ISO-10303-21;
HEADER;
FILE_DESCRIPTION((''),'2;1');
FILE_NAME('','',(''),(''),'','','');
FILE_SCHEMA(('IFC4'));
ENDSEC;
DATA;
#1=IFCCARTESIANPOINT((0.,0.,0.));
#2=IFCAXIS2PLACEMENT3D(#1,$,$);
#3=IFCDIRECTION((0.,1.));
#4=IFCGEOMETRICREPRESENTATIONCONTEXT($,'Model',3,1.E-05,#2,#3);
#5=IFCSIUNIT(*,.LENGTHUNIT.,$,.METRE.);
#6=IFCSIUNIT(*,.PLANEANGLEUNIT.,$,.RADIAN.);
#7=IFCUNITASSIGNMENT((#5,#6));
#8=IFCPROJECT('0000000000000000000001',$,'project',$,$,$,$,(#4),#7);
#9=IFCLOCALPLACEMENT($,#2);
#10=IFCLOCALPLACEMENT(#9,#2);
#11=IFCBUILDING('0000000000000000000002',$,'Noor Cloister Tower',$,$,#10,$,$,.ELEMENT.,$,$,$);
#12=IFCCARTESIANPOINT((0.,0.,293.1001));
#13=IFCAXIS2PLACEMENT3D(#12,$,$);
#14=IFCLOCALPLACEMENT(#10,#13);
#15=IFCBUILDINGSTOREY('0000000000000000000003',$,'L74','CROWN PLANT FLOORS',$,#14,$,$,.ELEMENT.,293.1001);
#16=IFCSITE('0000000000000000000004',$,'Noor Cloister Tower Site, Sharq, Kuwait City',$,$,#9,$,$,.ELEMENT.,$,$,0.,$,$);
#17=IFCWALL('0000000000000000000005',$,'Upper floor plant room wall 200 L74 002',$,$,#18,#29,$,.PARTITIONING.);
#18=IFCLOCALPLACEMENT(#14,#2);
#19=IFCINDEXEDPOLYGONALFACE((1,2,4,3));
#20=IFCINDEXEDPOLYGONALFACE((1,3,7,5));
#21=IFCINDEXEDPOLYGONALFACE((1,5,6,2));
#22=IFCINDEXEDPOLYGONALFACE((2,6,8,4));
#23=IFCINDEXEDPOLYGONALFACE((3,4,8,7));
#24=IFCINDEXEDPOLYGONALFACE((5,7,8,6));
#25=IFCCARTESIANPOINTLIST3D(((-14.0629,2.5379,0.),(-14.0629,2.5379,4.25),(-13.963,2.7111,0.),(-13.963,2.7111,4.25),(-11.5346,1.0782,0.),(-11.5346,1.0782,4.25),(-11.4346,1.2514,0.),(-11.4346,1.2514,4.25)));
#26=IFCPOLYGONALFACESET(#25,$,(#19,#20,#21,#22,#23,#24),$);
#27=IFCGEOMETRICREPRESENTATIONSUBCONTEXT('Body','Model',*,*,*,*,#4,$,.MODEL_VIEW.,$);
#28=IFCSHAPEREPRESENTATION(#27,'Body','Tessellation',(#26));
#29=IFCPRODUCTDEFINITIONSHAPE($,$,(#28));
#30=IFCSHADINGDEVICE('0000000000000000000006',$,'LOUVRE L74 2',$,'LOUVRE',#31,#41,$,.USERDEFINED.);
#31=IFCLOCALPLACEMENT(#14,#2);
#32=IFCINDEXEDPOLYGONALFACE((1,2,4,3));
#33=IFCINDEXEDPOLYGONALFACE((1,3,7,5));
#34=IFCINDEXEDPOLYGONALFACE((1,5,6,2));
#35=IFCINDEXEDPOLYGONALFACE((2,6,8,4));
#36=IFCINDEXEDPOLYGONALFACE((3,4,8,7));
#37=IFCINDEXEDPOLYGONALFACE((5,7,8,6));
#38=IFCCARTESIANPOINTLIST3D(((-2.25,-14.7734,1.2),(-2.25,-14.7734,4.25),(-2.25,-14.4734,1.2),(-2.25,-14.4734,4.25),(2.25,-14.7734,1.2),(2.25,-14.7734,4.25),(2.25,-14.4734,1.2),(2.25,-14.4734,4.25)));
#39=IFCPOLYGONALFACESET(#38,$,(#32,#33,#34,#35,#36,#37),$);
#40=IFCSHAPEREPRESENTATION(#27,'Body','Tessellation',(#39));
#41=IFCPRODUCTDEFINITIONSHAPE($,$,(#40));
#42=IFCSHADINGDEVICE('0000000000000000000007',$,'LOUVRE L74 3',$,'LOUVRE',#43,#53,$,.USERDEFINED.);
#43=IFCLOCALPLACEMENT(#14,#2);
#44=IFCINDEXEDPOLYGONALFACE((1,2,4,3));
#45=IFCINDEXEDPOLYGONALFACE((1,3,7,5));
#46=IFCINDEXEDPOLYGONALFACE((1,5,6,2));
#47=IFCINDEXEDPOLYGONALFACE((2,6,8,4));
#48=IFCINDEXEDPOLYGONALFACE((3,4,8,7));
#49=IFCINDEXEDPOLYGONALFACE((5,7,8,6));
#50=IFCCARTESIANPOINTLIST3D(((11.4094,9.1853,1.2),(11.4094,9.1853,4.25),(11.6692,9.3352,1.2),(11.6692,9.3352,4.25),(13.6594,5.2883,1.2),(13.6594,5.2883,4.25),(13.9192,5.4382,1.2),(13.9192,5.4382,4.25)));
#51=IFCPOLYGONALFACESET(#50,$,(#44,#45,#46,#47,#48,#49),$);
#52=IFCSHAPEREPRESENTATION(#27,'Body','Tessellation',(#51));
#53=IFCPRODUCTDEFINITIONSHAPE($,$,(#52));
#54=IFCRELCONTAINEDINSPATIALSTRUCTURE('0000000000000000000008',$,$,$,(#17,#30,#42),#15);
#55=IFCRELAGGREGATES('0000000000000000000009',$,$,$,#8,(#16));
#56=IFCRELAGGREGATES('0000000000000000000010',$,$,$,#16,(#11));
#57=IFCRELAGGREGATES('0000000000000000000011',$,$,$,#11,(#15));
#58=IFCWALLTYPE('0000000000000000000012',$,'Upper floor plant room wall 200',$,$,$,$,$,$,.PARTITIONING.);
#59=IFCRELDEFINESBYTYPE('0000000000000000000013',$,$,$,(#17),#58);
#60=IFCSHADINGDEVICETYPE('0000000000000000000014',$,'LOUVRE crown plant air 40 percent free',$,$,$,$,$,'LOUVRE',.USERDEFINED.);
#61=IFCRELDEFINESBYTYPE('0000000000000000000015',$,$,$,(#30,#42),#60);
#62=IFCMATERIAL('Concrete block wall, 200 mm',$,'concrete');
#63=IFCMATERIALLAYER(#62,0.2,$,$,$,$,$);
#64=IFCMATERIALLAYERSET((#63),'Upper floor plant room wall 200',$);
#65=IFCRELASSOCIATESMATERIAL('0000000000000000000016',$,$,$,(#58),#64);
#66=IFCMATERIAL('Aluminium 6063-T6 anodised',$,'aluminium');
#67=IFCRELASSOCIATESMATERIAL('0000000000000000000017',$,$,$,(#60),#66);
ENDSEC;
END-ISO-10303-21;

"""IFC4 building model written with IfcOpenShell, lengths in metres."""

from ifc_helpers import new_model, si_unit, direction, frame, frame_2d, origin, place, context, subcontext, project, spatial, polyline, rectangle, outline, extrude, material, layer, layer_set, type_object, element, save


model = new_model("IFC4")

# Units and contexts
model_context = context("Model", 3, precision=1e-05, world=origin(), true_north=direction((0.0, 1.0)))
body_context = subcontext(model_context, "Body", "Model", "MODEL_VIEW")
ifc_project = project(units=[si_unit("LENGTHUNIT", "METRE"), si_unit("PLANEANGLEUNIT", "RADIAN")], contexts=[model_context])

# Site, building, storey
site_placement = place(None, origin())
site = spatial("IfcSite", under=ifc_project, at=site_placement, Name="Noor Cloister Tower Site, Sharq, Kuwait City", CompositionType="ELEMENT", RefElevation=0.0)
building_placement = place(site_placement, origin())
building = spatial("IfcBuilding", under=site, at=building_placement, Name="Noor Cloister Tower", CompositionType="ELEMENT")
storey_placement = place(building_placement, frame((0.0, 0.0, 293.1001)))
storey = spatial("IfcBuildingStorey", under=building, at=storey_placement, Name="L74", Description="CROWN PLANT FLOORS", CompositionType="ELEMENT", Elevation=293.1001)

# Wall
ifc_material_1 = material(Name="Concrete block wall, 200 mm", Category="concrete")
ifc_layer_1 = layer(ifc_material_1, 0.2)
ifc_layer_set_1 = layer_set([ifc_layer_1], Name="Upper floor plant room wall 200")
wall_type_1 = type_object("IfcWallType", Name="Upper floor plant room wall 200", PredefinedType="PARTITIONING", material=ifc_layer_set_1)
wall_1_placement = place(storey_placement, frame((-14.0129, 2.6245, 0.0), z_axis=(0.0, 0.0, 1.0), x_axis=(0.866027, -0.499998, 0.0)))
element("IfcWall", 1, at=wall_1_placement, inside=storey, type_object=wall_type_1, Name="Upper floor plant room wall 200 L74 002", PredefinedType="PARTITIONING", context=body_context, shape_type="SweptSolid", body=[
    extrude(rectangle(XDim=2.9194, YDim=0.2, at=frame_2d((1.4597, 0.0))), origin(), (0.0, 0.0, 1.0), 4.25),
])

# Shading devices
ifc_material_2 = material(Name="Aluminium 6063-T6 anodised", Category="aluminium")
shading_device_type = type_object("IfcShadingDeviceType", Name="LOUVRE crown plant air 40 percent free", ElementType="LOUVRE", PredefinedType="USERDEFINED", material=ifc_material_2)
shading_device_1_placement = place(storey_placement, frame((0.0, 0.0, 1.2)))
element("IfcShadingDevice", 2, at=shading_device_1_placement, inside=storey, type_object=shading_device_type, Name="LOUVRE L74 2", ObjectType="LOUVRE", PredefinedType="USERDEFINED", context=body_context, shape_type="SweptSolid", body=[
    extrude(outline(polyline([(-2.25, -14.7734), (2.25, -14.7734), (2.25, -14.4734), (-2.25, -14.4734), (-2.25, -14.7734)])), origin(), (0.0, 0.0, 1.0), 3.05),
])
shading_device_2_placement = place(storey_placement, frame((0.0, 0.0, 1.2)))
element("IfcShadingDevice", 3, at=shading_device_2_placement, inside=storey, type_object=shading_device_type, Name="LOUVRE L74 3", ObjectType="LOUVRE", PredefinedType="USERDEFINED", context=body_context, shape_type="SweptSolid", body=[
    extrude(outline(polyline([(13.9192, 5.4382), (11.6692, 9.3352), (11.4094, 9.1853), (13.6594, 5.2883), (13.9192, 5.4382)])), origin(), (0.0, 0.0, 1.0), 3.05),
])

save(model, "model.ifc")
